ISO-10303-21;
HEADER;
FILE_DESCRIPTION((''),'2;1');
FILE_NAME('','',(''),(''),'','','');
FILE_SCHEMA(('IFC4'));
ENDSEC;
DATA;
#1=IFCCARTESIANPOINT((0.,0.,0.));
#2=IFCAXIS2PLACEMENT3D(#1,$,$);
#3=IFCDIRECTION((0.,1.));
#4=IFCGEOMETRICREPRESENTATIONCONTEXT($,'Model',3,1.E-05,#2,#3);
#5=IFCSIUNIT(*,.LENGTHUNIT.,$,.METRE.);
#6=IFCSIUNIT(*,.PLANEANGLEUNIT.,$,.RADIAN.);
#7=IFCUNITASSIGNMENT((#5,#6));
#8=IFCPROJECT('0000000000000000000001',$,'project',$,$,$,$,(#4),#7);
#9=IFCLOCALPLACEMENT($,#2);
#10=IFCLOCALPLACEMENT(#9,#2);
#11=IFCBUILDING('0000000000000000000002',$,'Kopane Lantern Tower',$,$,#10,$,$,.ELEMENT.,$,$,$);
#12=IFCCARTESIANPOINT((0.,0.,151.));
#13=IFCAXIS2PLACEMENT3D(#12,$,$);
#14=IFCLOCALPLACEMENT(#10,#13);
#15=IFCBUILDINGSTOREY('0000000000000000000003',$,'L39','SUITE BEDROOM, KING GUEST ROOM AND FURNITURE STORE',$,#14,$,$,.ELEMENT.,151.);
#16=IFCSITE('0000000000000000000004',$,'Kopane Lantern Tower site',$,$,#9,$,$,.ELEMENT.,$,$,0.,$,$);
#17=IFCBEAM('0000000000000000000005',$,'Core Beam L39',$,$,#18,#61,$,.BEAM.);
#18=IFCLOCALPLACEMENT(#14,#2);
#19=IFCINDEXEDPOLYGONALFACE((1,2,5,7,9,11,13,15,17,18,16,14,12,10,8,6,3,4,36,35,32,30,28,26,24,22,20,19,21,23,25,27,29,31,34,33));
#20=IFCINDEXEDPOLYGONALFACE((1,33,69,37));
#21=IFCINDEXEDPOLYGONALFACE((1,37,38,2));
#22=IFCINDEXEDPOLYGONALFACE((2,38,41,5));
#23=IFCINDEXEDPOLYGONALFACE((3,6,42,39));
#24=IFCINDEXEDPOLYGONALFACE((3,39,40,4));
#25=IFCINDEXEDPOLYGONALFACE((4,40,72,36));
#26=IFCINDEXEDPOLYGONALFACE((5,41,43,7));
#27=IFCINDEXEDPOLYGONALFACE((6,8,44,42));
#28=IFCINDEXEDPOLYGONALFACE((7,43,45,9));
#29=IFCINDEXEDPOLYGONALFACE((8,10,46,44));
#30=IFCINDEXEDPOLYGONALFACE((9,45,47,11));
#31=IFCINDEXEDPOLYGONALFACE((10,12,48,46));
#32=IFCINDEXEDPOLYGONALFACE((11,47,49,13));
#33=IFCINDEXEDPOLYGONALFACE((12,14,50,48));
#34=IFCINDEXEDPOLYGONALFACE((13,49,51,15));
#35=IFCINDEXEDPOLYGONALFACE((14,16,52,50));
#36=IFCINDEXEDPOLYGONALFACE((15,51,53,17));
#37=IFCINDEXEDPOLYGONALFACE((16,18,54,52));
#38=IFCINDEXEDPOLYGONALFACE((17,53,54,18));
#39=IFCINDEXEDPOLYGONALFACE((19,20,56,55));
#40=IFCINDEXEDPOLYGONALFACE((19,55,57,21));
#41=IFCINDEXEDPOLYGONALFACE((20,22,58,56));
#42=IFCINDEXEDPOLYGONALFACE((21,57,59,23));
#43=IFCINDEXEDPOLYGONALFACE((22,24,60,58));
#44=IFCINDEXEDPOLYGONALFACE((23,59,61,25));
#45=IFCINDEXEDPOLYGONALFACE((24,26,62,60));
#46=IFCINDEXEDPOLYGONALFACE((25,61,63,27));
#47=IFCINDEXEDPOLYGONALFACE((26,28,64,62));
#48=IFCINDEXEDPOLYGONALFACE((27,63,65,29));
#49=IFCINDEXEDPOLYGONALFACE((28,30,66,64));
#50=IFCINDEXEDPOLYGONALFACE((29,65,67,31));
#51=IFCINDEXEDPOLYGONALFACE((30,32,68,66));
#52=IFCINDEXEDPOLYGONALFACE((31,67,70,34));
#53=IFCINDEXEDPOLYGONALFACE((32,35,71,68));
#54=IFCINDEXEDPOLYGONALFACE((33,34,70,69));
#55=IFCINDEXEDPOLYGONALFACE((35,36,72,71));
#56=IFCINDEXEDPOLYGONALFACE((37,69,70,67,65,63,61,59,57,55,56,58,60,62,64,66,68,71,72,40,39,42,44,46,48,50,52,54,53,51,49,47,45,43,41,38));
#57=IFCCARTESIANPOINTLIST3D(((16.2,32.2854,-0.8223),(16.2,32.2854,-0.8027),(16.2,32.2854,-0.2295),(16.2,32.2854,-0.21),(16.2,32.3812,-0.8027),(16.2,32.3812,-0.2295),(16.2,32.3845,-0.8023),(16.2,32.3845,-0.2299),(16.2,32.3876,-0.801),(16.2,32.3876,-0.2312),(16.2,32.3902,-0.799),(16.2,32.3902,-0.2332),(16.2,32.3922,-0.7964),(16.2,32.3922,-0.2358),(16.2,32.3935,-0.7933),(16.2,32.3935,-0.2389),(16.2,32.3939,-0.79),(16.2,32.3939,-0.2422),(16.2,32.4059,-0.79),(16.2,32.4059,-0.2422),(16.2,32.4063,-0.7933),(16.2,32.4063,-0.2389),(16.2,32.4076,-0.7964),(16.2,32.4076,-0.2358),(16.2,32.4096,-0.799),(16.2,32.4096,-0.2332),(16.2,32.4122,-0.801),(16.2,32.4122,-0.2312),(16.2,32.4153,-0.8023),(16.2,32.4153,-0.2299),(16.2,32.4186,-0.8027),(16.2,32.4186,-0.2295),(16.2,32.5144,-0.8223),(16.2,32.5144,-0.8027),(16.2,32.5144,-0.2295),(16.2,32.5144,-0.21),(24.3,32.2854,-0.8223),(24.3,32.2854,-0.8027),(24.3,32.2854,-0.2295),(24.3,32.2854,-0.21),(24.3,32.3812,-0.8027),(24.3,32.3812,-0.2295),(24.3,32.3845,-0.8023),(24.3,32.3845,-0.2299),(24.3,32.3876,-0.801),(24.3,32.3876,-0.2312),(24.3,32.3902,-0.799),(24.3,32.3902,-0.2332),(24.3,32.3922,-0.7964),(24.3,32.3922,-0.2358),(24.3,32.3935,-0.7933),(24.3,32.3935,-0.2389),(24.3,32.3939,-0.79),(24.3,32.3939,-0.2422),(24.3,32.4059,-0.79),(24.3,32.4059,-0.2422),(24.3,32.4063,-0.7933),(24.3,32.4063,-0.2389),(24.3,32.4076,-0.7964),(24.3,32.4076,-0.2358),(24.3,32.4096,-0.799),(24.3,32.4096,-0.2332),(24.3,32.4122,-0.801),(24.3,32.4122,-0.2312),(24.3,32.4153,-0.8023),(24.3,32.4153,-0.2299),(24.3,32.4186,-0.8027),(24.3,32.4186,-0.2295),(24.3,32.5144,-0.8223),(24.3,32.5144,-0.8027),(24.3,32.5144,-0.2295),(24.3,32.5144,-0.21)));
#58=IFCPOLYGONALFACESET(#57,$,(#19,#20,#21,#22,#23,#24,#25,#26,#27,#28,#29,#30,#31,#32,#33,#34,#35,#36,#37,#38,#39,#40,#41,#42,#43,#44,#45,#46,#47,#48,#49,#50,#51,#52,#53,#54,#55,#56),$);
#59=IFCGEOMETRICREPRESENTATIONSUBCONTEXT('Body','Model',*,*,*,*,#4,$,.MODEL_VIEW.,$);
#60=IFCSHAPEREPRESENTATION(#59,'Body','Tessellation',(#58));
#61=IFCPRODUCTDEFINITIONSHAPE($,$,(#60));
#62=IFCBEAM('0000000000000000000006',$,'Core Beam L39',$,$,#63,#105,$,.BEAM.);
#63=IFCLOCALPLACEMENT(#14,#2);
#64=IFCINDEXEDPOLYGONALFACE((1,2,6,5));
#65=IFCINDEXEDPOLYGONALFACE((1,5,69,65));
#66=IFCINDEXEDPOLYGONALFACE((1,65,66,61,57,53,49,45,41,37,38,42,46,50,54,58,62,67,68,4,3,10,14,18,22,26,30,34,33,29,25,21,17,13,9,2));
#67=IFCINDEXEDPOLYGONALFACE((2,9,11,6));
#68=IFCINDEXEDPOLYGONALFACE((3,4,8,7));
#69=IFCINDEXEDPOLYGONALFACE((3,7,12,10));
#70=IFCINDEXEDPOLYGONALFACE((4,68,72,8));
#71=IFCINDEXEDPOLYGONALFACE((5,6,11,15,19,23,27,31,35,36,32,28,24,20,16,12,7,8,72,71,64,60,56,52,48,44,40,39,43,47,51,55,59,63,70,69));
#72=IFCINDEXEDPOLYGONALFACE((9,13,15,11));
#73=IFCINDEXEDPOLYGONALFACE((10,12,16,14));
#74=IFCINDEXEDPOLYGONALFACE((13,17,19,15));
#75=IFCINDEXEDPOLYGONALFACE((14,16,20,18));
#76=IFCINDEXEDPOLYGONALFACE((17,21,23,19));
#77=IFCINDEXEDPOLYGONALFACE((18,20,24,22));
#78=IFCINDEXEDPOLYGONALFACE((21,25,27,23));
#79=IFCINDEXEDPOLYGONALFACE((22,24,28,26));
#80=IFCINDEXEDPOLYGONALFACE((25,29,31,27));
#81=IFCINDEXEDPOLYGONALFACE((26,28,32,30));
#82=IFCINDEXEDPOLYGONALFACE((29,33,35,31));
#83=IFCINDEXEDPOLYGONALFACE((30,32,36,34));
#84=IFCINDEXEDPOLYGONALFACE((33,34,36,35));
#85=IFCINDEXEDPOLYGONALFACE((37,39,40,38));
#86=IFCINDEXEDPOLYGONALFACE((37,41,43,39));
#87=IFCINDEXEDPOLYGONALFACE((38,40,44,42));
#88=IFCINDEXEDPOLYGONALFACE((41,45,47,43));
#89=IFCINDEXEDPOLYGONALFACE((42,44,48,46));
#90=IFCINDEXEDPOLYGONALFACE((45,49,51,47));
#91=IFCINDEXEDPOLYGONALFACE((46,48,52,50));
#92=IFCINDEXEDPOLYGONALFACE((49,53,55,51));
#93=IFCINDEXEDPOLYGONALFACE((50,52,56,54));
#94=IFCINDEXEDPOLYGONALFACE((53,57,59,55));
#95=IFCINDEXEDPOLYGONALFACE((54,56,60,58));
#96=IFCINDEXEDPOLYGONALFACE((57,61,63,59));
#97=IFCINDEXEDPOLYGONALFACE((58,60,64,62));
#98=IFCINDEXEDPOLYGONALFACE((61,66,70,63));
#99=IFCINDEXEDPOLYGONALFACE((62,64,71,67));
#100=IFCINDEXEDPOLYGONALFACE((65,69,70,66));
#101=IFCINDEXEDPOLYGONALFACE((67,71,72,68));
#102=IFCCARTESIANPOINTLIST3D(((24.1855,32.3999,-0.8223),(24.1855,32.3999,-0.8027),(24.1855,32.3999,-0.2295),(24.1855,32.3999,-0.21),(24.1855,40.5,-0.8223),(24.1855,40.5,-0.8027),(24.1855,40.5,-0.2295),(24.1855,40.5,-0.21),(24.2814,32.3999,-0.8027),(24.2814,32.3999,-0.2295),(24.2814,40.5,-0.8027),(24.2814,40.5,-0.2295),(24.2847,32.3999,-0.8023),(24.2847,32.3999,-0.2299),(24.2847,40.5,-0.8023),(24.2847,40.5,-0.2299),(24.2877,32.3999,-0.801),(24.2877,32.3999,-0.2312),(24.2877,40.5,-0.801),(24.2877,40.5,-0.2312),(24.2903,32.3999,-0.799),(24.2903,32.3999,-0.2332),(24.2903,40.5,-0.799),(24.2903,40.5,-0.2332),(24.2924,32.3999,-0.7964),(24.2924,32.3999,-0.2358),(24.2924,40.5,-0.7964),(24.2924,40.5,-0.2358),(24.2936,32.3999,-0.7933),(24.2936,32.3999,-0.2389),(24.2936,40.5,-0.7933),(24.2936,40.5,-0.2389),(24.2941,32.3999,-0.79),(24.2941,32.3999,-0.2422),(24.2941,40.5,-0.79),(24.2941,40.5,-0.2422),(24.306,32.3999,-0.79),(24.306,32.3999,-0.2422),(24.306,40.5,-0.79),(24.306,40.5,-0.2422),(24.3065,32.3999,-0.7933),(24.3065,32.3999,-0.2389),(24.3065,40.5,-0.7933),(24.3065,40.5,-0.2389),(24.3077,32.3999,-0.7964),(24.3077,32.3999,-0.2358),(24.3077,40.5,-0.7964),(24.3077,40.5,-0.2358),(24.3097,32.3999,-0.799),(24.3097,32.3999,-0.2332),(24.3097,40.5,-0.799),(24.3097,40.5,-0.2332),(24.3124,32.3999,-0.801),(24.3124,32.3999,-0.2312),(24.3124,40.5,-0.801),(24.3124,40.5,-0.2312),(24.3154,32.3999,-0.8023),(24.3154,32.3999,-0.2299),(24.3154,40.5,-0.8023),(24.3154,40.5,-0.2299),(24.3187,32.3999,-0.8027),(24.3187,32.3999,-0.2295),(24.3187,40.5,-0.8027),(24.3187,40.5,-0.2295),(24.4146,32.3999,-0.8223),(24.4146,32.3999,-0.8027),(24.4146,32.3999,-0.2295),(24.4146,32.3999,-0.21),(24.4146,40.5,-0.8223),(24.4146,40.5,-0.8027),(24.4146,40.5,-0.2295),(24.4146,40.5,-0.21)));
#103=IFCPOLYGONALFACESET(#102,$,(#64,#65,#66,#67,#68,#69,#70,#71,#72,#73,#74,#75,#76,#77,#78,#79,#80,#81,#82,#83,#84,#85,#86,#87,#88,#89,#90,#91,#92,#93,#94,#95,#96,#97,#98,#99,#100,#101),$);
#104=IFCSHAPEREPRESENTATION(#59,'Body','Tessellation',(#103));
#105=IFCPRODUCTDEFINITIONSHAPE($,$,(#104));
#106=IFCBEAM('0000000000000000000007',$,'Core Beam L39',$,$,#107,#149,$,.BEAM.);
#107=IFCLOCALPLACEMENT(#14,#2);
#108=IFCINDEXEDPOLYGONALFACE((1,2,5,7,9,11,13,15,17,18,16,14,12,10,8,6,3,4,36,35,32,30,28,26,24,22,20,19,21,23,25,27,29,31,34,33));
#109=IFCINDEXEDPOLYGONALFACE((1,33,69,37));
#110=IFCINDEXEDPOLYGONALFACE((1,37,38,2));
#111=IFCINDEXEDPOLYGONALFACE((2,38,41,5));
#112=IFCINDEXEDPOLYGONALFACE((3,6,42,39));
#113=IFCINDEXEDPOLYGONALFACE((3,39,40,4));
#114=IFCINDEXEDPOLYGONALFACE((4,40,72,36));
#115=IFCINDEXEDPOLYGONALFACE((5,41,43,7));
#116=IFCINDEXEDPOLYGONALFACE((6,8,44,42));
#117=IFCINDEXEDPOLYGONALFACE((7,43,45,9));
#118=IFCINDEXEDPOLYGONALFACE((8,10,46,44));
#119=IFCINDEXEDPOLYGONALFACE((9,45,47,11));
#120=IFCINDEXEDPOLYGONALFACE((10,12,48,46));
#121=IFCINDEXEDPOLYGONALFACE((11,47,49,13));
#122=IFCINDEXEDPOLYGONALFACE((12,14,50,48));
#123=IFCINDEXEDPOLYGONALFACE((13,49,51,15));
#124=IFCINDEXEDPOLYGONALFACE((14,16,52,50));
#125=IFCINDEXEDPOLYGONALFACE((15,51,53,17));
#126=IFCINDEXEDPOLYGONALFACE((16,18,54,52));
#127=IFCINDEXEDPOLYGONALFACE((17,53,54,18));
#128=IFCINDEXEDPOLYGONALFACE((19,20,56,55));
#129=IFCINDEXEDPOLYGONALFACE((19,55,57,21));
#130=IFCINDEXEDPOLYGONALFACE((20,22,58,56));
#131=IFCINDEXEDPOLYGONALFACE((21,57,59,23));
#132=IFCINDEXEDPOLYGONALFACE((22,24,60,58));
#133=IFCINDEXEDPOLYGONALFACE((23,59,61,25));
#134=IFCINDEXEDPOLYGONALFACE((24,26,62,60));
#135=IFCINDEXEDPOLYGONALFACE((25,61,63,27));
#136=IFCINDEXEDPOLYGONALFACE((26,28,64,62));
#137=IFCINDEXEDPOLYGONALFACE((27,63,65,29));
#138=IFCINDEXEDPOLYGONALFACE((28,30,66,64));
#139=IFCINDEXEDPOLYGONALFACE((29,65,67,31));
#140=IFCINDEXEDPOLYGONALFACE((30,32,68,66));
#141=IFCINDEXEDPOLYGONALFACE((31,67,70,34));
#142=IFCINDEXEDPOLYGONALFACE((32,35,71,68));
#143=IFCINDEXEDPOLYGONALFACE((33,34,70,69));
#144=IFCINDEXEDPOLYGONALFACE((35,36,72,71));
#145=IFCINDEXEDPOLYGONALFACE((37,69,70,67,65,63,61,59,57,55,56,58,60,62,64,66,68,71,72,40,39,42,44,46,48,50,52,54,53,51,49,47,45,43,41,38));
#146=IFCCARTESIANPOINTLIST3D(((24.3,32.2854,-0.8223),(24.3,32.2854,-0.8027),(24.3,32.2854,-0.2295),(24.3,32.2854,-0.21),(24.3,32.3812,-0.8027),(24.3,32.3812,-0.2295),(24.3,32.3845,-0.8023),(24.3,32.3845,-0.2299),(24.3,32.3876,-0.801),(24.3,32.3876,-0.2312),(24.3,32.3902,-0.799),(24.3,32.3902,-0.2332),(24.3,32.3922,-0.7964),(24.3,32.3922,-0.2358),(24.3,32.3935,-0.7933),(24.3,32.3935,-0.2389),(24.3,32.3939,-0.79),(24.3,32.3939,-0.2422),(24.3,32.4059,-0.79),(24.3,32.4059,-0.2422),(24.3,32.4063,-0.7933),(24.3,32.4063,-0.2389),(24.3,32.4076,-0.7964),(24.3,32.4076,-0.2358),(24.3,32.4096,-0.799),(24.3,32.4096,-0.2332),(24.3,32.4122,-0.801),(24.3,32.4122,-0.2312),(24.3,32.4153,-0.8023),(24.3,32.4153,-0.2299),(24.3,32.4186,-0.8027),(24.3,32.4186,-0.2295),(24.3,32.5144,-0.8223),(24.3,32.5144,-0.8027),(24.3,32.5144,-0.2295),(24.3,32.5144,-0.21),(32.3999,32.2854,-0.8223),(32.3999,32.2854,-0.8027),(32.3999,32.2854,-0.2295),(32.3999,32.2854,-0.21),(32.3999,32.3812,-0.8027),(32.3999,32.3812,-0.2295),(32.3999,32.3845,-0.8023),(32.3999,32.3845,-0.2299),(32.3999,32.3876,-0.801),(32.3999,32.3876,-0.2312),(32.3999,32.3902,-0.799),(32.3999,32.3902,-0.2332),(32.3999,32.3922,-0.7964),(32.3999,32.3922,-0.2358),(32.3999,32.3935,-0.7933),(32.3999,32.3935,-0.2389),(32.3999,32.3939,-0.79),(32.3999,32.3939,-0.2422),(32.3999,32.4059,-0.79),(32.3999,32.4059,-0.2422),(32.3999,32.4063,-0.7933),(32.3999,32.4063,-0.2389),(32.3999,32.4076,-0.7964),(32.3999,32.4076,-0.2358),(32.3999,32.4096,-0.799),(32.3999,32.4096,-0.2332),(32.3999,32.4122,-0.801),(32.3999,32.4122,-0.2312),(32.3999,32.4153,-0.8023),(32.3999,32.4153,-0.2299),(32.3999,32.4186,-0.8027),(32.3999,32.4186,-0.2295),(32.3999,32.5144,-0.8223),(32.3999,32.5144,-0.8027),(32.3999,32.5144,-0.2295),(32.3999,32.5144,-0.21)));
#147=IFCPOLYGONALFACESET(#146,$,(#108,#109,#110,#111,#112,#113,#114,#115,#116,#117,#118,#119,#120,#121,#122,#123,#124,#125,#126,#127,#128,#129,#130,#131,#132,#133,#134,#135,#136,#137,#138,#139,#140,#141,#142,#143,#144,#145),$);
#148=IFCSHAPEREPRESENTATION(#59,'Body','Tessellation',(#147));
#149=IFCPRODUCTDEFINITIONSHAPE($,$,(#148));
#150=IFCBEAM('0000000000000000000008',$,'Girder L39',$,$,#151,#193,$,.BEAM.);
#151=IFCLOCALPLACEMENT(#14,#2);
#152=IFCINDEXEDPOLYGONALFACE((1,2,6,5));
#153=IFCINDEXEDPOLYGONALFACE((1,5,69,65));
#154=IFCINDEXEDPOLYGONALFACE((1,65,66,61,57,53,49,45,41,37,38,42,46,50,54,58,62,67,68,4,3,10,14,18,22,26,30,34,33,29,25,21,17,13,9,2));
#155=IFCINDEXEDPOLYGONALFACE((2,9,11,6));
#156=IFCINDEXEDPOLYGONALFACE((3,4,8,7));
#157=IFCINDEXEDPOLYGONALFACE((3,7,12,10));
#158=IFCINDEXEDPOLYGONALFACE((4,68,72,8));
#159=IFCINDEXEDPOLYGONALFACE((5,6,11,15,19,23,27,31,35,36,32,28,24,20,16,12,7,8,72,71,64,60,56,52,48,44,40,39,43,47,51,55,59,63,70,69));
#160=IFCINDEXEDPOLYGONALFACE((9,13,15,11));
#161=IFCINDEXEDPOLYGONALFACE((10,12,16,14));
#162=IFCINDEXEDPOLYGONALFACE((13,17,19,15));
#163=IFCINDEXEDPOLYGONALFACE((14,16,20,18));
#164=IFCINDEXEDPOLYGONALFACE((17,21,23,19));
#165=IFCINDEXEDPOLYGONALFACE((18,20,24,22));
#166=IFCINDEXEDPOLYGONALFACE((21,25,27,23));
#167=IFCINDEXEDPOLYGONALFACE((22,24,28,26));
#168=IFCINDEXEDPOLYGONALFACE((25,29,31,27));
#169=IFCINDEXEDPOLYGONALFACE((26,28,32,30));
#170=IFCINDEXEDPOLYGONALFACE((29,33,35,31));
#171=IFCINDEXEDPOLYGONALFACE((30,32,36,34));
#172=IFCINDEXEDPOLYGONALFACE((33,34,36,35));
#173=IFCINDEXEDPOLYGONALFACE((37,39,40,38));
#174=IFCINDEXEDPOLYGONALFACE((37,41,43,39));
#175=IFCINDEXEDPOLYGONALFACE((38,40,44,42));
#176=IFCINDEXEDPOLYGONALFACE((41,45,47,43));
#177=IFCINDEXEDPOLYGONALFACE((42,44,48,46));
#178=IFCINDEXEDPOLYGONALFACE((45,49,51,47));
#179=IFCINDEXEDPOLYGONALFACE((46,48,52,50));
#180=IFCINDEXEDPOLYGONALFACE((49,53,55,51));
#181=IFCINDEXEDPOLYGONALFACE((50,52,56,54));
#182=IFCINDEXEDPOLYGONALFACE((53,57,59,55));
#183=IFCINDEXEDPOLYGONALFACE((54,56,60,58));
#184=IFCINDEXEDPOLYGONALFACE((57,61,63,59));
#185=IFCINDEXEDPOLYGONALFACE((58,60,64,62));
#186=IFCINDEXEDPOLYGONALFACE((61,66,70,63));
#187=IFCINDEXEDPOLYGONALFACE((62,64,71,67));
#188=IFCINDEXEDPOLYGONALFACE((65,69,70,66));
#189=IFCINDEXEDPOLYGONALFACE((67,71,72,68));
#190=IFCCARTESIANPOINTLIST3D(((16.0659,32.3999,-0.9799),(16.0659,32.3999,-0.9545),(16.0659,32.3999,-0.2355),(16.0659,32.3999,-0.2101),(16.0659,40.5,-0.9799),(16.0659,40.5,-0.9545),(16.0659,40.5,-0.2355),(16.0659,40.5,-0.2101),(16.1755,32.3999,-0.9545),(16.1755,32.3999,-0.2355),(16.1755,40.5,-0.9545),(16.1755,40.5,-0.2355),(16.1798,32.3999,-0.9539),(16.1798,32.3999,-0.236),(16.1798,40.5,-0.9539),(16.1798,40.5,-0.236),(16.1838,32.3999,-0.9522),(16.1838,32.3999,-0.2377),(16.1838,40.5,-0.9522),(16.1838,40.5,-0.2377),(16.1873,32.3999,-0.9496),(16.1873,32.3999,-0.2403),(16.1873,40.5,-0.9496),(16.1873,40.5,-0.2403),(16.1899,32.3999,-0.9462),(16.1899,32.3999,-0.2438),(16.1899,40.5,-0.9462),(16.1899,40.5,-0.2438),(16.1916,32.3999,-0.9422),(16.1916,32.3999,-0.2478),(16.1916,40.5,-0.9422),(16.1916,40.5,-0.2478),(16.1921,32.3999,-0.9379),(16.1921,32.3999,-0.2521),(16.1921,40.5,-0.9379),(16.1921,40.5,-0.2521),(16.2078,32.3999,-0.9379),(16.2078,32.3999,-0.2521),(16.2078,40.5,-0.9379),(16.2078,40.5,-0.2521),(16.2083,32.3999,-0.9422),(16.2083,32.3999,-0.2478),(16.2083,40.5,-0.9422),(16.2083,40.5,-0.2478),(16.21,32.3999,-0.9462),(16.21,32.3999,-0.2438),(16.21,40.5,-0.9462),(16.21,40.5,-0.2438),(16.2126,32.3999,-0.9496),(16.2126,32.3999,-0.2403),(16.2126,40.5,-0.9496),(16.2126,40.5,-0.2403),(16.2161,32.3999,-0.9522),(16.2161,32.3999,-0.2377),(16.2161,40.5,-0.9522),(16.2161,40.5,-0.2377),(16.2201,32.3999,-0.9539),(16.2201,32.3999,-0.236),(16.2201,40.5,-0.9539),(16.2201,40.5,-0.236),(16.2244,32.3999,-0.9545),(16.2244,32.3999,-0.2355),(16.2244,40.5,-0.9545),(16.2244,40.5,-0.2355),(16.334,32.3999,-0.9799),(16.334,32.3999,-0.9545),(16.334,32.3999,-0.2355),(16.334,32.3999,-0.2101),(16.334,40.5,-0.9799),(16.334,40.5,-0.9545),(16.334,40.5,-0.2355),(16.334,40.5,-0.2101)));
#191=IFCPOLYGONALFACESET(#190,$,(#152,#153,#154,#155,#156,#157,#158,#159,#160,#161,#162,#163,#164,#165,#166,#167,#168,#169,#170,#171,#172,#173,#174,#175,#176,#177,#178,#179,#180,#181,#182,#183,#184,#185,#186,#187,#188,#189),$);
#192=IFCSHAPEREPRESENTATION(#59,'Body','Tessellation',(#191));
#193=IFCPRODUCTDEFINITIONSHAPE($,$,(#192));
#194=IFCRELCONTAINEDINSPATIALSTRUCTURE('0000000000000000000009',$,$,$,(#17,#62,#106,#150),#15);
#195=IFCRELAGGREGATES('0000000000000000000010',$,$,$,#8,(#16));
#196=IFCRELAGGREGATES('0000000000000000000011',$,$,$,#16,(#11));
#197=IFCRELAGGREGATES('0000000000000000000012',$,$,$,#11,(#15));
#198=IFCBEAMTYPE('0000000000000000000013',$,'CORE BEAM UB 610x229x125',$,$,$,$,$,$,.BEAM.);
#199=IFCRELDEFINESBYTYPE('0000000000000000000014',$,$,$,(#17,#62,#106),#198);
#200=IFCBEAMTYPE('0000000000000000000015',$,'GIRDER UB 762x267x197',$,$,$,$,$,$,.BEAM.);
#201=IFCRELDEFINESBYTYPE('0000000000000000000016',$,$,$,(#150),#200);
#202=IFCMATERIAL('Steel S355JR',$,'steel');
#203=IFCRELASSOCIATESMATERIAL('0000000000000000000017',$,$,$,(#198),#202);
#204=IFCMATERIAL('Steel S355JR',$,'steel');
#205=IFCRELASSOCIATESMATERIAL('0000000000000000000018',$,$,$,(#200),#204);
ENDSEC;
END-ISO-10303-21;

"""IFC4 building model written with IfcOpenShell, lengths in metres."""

from ifc_helpers import new_model, si_unit, direction, frame, origin, origin_2d, place, context, subcontext, project, spatial, i_section, extrude, material, material_profile, profile_set, type_object, element, save


model = new_model("IFC4")

# Units and contexts
model_context = context("Model", 3, precision=1e-05, world=origin(), true_north=direction((0.0, 1.0)))
body_context = subcontext(model_context, "Body", "Model", "MODEL_VIEW")
ifc_project = project(units=[si_unit("LENGTHUNIT", "METRE"), si_unit("PLANEANGLEUNIT", "RADIAN")], contexts=[model_context])

# Site, building, storey
site_placement = place(None, origin())
site = spatial("IfcSite", under=ifc_project, at=site_placement, Name="Kopane Lantern Tower site", CompositionType="ELEMENT", RefElevation=0.0)
building_placement = place(site_placement, origin())
building = spatial("IfcBuilding", under=site, at=building_placement, Name="Kopane Lantern Tower", CompositionType="ELEMENT")
storey_placement = place(building_placement, frame((0.0, 0.0, 151.0)))
storey = spatial("IfcBuildingStorey", under=building, at=storey_placement, Name="L39", Description="SUITE BEDROOM, KING GUEST ROOM AND FURNITURE STORE", CompositionType="ELEMENT", Elevation=151.0)

# Beams
ifc_material_1 = material(Name="Steel S355JR", Category="steel")
ifc_material_profile_1 = material_profile(ifc_material_1, i_section(OverallWidth=0.229, OverallDepth=0.6123, WebThickness=0.012, FlangeThickness=0.0195, FilletRadius=0.0127, at=origin_2d()), Name="UB 610x229x125")
ifc_profile_set_1 = profile_set([ifc_material_profile_1], Name="Steel S355JR")
beam_type_1 = type_object("IfcBeamType", Name="CORE BEAM UB 610x229x125", PredefinedType="BEAM", material=ifc_profile_set_1)
for number, where, z_axis, x_axis, name in (
    (1, (16.2, 32.3999, -0.5161), (1.0, 0.0, 0.0), (0.0, 1.0, 0.0), "Core Beam L39"),
    (2, (24.3, 32.3999, -0.5161), (0.0, 1.0, 0.0), (-1.0, 0.0, 0.0), "Core Beam L39"),
):
    element("IfcBeam", number, at=place(storey_placement, frame(where, z_axis=z_axis, x_axis=x_axis)), inside=storey, type_object=beam_type_1, Name=name, PredefinedType="BEAM", context=body_context, shape_type="SweptSolid", body=[
        extrude(i_section(OverallWidth=0.229, OverallDepth=0.6123, WebThickness=0.012, FlangeThickness=0.0195, FilletRadius=0.0127, at=origin_2d()), origin(), (0.0, 0.0, 1.0), 8.1001),
    ])
beam_1_placement = place(storey_placement, frame((24.3, 32.3999, -0.5161), z_axis=(1.0, 0.0, 0.0), x_axis=(0.0, 1.0, 0.0)))
element("IfcBeam", 3, at=beam_1_placement, inside=storey, type_object=beam_type_1, Name="Core Beam L39", PredefinedType="BEAM", context=body_context, shape_type="SweptSolid", body=[
    extrude(i_section(OverallWidth=0.229, OverallDepth=0.6123, WebThickness=0.012, FlangeThickness=0.0195, FilletRadius=0.0127, at=origin_2d()), origin(), (0.0, 0.0, 1.0), 8.0999),
])
ifc_material_2 = material(Name="Steel S355JR", Category="steel")
ifc_material_profile_2 = material_profile(ifc_material_2, i_section(OverallWidth=0.2681, OverallDepth=0.7698, WebThickness=0.0156, FlangeThickness=0.0254, FilletRadius=0.0166, at=origin_2d()), Name="UB 762x267x197")
ifc_profile_set_2 = profile_set([ifc_material_profile_2], Name="Steel S355JR")
beam_type_2 = type_object("IfcBeamType", Name="GIRDER UB 762x267x197", PredefinedType="BEAM", material=ifc_profile_set_2)
beam_2_placement = place(storey_placement, frame((16.2, 32.3999, -0.595), z_axis=(0.0, 1.0, 0.0), x_axis=(-1.0, 0.0, 0.0)))
element("IfcBeam", 4, at=beam_2_placement, inside=storey, type_object=beam_type_2, Name="Girder L39", PredefinedType="BEAM", context=body_context, shape_type="SweptSolid", body=[
    extrude(i_section(OverallWidth=0.2681, OverallDepth=0.7698, WebThickness=0.0156, FlangeThickness=0.0254, FilletRadius=0.0166, at=origin_2d()), origin(), (0.0, 0.0, 1.0), 8.1001),
])

save(model, "model.ifc")
